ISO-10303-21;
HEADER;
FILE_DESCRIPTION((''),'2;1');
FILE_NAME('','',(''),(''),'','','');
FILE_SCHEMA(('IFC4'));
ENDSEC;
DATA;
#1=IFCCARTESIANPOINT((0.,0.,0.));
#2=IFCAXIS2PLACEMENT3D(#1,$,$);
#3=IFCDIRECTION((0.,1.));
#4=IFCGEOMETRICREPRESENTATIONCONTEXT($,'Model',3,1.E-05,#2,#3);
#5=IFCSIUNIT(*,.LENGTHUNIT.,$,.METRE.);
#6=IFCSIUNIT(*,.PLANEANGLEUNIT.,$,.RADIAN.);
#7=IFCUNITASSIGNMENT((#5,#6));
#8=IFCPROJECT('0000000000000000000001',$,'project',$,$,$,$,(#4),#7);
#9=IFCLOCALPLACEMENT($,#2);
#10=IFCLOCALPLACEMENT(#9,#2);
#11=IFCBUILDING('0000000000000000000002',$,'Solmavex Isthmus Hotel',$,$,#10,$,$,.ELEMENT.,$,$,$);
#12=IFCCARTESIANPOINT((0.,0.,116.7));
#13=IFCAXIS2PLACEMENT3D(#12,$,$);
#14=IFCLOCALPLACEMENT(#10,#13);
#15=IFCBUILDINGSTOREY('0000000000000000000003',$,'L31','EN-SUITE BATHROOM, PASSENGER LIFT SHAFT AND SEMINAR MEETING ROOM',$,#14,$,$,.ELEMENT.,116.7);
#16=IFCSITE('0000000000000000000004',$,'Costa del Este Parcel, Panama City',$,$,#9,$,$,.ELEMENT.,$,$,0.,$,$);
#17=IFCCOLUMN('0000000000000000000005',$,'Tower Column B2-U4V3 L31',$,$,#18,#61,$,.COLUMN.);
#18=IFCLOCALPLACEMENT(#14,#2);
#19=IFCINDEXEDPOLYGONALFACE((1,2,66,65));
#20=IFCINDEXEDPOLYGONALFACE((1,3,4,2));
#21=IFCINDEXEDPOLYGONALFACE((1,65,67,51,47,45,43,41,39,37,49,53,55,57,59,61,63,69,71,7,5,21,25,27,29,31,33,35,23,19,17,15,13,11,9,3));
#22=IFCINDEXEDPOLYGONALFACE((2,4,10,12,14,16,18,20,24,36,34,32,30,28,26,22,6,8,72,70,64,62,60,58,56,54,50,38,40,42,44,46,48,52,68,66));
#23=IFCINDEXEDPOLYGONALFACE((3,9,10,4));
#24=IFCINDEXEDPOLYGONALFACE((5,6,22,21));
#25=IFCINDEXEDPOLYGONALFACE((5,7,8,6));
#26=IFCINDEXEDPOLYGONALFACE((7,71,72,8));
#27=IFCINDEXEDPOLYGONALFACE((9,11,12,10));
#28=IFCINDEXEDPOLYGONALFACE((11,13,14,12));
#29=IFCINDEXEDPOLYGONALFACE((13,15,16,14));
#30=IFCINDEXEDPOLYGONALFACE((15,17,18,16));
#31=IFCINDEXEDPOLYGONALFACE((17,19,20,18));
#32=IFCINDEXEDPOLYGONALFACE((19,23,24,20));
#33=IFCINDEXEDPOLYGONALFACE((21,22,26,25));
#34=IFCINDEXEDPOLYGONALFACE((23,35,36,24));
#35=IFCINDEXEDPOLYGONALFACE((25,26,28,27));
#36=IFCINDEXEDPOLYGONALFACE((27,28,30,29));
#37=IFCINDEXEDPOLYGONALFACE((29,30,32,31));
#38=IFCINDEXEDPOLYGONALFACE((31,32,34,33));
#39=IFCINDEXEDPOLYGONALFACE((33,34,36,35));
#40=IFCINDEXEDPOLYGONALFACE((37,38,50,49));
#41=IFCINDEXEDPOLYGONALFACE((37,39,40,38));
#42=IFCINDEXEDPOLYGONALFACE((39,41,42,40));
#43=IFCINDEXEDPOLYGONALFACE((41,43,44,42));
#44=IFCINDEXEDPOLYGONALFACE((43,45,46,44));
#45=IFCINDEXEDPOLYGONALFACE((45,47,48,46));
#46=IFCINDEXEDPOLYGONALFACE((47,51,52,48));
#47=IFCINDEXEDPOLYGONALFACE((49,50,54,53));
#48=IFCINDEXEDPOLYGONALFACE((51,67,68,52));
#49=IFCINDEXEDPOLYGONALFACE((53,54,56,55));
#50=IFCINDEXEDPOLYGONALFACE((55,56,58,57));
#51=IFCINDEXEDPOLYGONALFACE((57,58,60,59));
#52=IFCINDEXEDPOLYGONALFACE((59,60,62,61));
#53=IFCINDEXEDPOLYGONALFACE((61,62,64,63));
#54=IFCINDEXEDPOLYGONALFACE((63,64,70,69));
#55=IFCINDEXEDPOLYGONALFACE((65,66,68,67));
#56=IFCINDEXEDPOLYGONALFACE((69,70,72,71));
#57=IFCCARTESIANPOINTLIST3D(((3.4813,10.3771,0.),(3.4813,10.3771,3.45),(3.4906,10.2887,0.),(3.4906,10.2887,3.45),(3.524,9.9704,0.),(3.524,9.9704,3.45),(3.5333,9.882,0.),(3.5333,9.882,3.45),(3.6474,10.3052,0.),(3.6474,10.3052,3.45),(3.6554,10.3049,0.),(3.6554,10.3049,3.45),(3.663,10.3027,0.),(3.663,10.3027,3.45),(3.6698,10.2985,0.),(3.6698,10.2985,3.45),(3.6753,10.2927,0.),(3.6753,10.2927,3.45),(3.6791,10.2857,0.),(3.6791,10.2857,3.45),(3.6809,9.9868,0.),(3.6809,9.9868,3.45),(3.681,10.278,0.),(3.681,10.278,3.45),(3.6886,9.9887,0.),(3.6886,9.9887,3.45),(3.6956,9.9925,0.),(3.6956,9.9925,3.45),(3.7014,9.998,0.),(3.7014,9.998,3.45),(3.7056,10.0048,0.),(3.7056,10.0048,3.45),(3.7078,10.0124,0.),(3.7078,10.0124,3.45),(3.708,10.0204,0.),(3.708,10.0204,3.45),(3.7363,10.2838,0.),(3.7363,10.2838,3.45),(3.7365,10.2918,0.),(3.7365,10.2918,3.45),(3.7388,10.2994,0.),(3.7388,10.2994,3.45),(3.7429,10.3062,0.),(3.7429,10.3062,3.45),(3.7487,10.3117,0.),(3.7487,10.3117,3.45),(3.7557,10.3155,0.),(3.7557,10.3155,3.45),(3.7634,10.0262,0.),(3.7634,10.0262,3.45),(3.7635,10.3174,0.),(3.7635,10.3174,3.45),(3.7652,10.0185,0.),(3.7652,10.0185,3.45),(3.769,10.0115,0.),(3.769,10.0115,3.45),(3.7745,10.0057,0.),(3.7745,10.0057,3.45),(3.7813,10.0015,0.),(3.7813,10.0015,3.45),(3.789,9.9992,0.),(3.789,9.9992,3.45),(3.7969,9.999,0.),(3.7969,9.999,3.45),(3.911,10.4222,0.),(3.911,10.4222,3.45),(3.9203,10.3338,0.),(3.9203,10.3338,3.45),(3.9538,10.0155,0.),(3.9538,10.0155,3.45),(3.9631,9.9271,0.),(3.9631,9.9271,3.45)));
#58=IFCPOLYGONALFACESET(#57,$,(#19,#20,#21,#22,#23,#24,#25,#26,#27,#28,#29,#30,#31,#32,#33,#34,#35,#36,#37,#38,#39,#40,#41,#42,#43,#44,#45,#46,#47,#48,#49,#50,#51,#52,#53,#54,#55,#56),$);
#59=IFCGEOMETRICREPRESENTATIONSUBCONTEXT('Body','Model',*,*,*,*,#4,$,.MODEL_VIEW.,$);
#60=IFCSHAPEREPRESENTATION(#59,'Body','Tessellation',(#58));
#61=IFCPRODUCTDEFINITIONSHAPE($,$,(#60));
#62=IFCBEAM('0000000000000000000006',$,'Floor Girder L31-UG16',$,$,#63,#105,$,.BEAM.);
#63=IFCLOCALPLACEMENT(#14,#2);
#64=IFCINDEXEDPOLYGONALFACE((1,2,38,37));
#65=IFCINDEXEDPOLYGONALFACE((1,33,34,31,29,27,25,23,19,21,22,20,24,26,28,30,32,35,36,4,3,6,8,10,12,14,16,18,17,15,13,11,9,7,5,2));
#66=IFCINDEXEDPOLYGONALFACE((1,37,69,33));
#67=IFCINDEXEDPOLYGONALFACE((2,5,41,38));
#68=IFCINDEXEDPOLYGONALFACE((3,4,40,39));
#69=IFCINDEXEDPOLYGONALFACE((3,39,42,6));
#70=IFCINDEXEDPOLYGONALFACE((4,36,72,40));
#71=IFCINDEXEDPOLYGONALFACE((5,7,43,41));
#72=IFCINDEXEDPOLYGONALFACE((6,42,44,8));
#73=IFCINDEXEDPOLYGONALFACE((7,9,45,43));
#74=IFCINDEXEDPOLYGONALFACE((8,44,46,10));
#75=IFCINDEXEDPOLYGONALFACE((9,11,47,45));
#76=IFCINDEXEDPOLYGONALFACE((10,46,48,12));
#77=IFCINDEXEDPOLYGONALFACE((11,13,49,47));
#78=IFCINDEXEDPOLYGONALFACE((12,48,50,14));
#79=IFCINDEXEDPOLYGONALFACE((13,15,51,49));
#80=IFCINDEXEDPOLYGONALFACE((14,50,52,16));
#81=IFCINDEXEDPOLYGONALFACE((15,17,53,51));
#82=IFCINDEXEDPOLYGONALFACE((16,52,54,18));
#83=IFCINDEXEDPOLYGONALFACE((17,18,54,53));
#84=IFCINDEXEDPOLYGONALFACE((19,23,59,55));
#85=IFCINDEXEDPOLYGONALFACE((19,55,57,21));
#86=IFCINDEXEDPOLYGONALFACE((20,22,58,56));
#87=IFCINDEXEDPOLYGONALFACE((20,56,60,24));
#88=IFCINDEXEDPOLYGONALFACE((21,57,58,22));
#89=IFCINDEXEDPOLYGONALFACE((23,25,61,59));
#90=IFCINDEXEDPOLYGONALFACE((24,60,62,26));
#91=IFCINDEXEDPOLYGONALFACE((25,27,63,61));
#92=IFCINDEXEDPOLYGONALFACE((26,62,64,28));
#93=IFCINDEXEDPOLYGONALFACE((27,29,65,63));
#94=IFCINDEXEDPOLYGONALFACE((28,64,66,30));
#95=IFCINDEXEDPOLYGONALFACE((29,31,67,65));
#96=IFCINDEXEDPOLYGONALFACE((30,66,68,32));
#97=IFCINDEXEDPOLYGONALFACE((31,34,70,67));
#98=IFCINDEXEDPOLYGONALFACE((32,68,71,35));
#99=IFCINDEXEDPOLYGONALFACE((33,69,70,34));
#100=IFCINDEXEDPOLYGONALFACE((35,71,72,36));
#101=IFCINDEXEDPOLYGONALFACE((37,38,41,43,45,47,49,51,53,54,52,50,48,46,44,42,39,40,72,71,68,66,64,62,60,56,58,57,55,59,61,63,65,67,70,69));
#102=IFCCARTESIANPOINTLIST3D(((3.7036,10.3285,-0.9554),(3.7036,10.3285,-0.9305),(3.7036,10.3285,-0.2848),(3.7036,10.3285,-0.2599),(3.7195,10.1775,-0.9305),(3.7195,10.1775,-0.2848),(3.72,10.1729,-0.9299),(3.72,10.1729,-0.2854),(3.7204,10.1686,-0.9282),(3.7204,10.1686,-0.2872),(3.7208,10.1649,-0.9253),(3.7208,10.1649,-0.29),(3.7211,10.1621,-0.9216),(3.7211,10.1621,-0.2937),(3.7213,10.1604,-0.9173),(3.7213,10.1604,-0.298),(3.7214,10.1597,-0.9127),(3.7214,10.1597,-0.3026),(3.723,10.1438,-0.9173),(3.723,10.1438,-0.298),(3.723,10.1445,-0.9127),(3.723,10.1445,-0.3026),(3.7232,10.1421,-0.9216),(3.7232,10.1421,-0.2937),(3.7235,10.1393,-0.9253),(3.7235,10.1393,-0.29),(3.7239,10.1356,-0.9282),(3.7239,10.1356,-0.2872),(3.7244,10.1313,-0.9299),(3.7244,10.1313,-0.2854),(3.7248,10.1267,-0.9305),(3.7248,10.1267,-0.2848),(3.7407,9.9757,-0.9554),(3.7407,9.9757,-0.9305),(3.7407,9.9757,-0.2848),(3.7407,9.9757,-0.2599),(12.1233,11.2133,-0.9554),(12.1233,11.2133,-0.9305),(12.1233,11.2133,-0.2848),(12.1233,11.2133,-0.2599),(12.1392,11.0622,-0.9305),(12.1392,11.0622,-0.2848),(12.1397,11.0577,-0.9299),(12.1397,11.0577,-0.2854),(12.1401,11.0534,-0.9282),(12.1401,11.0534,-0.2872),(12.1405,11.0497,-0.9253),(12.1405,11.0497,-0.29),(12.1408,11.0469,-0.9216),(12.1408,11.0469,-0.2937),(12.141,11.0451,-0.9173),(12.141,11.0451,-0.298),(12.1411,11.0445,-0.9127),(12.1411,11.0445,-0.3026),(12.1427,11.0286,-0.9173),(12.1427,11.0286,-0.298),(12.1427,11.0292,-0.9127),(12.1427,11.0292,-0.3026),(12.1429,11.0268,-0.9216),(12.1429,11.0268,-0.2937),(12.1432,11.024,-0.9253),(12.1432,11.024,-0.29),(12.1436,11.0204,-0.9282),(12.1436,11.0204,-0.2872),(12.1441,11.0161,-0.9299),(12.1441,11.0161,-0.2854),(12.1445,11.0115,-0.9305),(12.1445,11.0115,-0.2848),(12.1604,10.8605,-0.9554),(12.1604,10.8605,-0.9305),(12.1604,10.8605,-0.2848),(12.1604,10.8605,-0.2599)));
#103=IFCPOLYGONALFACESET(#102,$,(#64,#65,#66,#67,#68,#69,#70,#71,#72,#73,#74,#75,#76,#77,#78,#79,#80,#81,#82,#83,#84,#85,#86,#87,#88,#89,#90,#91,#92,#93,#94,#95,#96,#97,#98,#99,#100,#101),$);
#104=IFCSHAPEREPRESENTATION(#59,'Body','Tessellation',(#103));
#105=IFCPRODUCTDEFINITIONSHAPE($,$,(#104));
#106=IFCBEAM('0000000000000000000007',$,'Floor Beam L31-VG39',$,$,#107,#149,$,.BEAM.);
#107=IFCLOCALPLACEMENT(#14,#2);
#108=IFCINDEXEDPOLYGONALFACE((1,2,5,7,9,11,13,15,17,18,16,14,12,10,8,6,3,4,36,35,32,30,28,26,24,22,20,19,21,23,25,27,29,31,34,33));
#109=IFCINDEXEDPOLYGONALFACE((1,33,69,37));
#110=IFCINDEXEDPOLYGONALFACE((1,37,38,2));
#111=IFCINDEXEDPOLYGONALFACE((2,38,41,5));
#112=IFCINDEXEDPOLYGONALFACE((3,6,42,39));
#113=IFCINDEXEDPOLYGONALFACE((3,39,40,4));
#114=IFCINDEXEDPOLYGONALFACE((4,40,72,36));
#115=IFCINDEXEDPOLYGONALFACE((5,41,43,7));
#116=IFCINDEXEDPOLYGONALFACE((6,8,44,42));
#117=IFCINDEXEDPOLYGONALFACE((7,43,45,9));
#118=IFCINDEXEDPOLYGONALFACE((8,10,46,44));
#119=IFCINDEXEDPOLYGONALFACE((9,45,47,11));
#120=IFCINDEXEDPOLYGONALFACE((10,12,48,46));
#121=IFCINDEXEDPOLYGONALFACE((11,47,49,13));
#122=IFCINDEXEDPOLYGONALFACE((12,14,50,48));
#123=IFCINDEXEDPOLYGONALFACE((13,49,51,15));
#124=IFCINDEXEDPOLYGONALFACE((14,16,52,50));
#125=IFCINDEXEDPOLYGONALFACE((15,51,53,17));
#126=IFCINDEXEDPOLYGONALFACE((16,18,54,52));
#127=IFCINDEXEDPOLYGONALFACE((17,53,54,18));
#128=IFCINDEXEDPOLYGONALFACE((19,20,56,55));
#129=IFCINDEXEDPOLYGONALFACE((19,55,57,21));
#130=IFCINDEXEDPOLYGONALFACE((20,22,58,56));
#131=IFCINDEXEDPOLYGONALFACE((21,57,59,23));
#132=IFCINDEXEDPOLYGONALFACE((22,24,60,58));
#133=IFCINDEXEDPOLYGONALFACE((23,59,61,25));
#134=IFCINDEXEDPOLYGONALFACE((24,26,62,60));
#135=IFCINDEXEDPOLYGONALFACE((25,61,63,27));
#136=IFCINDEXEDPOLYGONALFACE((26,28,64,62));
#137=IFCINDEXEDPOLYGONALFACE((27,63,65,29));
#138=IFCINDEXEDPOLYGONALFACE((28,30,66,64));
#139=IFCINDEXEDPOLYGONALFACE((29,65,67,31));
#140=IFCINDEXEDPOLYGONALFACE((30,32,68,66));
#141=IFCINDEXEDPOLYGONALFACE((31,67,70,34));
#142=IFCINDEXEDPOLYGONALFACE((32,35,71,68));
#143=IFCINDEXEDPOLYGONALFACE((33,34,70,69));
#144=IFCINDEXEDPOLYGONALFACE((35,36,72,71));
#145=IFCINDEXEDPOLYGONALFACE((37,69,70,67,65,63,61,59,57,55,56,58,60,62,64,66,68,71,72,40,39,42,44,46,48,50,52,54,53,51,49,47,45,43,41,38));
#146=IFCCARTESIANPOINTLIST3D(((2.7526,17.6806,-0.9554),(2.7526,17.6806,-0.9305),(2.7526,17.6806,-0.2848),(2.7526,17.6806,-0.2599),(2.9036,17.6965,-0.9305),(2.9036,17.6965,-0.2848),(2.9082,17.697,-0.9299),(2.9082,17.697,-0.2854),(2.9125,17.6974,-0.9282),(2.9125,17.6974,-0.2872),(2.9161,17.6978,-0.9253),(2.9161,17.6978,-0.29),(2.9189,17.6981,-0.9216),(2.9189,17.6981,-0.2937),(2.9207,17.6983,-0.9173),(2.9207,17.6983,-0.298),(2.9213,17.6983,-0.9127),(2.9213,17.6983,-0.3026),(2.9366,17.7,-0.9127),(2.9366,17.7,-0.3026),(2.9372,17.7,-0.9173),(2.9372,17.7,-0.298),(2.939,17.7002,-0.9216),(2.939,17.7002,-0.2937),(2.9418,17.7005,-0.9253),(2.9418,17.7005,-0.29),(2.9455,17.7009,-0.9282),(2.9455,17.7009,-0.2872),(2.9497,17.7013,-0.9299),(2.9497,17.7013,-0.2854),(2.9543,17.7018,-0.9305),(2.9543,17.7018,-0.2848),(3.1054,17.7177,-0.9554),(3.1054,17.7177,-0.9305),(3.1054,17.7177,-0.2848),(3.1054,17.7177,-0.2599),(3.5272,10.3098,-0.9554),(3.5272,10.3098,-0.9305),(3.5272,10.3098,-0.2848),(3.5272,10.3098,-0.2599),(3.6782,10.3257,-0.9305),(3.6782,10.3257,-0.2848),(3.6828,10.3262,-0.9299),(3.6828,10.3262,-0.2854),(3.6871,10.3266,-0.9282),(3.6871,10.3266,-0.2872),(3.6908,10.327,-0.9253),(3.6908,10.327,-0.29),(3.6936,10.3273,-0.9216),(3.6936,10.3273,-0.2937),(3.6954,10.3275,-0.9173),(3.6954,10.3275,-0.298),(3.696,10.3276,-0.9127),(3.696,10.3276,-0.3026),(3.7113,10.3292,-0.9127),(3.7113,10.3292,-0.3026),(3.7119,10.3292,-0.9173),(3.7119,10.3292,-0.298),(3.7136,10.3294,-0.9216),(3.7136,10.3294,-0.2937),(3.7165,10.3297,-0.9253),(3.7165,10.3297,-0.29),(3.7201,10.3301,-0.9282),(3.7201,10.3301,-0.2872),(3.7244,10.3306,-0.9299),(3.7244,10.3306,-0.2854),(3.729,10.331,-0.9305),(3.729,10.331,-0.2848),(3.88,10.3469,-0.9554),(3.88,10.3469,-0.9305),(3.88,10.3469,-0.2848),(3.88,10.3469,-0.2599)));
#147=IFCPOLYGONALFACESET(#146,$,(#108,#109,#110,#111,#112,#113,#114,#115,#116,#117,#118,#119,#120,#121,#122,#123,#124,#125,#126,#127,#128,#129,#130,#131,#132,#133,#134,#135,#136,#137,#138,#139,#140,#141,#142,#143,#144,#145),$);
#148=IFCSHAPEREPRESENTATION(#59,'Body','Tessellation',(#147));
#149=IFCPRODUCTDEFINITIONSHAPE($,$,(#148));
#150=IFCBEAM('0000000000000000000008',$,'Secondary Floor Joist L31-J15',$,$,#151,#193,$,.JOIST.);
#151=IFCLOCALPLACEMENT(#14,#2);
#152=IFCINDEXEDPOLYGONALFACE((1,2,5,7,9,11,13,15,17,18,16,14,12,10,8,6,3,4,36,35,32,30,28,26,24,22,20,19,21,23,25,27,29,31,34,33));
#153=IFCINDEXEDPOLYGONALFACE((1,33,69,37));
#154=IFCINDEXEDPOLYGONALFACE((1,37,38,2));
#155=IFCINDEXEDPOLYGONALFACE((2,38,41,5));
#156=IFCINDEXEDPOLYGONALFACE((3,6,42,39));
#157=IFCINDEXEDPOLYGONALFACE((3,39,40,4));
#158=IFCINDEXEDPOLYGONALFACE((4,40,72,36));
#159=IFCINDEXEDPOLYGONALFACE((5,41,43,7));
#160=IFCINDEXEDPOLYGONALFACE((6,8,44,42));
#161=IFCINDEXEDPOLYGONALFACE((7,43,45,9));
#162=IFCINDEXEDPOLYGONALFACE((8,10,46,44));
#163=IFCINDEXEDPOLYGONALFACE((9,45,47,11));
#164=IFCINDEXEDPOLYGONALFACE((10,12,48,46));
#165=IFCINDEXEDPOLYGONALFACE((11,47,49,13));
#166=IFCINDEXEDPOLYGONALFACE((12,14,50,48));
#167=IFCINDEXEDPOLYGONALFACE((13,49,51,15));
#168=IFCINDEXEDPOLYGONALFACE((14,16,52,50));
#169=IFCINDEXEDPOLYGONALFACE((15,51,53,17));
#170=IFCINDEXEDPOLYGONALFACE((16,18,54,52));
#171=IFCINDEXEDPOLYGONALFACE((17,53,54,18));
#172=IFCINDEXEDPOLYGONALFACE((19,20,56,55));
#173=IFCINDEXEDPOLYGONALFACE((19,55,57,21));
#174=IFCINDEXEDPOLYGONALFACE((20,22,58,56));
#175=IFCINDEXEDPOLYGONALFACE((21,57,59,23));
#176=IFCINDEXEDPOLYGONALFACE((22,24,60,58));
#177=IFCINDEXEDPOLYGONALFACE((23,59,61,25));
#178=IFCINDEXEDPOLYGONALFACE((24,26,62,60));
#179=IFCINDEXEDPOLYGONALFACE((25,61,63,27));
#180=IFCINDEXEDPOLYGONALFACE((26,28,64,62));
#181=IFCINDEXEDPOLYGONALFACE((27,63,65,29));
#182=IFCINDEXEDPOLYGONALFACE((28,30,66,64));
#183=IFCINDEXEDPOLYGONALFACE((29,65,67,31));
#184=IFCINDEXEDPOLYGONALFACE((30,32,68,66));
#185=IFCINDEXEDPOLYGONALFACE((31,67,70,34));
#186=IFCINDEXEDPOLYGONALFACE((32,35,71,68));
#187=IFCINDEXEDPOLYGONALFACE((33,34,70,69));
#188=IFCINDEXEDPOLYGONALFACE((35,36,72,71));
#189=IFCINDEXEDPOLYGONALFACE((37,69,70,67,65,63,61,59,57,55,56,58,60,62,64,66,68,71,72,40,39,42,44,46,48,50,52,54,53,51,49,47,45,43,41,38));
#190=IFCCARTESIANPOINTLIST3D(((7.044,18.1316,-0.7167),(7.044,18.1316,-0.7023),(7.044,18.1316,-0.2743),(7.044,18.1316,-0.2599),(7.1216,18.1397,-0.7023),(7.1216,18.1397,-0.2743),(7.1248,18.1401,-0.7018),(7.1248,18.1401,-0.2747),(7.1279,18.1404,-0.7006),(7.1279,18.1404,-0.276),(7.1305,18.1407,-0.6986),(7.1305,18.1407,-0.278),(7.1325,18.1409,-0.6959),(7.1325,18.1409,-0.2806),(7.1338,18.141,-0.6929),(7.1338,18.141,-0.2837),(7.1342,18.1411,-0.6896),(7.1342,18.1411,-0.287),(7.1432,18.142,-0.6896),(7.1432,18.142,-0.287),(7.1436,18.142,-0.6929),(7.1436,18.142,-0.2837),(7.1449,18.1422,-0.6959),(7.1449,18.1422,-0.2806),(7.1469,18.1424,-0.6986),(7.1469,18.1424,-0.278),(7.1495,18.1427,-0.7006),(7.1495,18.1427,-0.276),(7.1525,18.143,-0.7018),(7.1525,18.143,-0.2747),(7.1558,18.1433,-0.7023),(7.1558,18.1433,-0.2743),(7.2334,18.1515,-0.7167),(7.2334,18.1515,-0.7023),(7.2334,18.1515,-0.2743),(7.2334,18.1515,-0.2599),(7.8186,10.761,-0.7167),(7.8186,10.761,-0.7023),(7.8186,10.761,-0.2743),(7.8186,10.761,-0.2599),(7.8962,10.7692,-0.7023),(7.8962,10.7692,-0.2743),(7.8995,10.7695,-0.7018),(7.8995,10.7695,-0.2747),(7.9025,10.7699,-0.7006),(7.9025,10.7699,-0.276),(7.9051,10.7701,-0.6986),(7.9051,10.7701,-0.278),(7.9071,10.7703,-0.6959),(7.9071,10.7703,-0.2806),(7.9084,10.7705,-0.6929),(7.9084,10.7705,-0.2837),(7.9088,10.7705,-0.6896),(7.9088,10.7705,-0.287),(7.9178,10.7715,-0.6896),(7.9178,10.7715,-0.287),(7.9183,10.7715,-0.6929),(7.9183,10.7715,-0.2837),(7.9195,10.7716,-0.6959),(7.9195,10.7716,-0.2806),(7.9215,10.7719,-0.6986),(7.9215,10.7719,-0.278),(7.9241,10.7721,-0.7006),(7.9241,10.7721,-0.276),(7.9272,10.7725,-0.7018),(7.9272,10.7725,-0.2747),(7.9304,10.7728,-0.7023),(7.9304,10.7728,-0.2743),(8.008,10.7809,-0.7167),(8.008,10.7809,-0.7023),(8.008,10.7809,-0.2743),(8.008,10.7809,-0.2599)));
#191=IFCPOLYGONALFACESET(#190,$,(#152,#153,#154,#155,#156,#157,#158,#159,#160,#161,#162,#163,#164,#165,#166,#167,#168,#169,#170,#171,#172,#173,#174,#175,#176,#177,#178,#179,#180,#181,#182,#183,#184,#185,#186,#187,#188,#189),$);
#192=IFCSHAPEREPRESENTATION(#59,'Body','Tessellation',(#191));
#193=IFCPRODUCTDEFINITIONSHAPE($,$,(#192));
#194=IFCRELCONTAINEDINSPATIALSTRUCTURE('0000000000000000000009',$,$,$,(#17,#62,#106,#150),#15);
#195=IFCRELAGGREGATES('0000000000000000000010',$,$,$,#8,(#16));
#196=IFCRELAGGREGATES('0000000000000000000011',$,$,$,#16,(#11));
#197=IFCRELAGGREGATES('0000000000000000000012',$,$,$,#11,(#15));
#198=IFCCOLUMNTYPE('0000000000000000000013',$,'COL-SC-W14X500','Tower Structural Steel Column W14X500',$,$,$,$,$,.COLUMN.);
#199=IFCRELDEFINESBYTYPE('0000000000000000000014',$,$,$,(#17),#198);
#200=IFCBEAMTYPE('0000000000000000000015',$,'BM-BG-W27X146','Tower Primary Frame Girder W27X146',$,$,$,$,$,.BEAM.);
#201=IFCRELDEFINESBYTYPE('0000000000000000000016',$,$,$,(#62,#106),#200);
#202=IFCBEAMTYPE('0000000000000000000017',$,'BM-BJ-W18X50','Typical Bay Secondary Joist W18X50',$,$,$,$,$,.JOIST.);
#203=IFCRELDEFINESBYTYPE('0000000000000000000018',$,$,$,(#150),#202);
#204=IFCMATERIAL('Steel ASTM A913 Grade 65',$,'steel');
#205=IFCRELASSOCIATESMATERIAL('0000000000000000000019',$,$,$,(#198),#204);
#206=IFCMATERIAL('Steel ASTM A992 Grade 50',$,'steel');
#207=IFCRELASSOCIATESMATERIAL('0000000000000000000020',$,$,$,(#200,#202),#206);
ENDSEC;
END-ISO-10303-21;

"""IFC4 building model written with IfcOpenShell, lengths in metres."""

from ifc_helpers import new_model, si_unit, direction, frame, origin, origin_2d, place, context, subcontext, project, spatial, i_section, extrude, material, material_profile, profile_set, type_object, element, save


model = new_model("IFC4")

# Units and contexts
model_context = context("Model", 3, precision=1e-05, world=origin(), true_north=direction((0.0, 1.0)))
body_context = subcontext(model_context, "Body", "Model", "MODEL_VIEW")
ifc_project = project(units=[si_unit("LENGTHUNIT", "METRE"), si_unit("PLANEANGLEUNIT", "RADIAN")], contexts=[model_context])

# Site, building, storey
site_placement = place(None, origin())
site = spatial("IfcSite", under=ifc_project, at=site_placement, Name="Costa del Este Parcel, Panama City", CompositionType="ELEMENT", RefElevation=0.0)
building_placement = place(site_placement, origin())
building = spatial("IfcBuilding", under=site, at=building_placement, Name="Solmavex Isthmus Hotel", CompositionType="ELEMENT")
storey_placement = place(building_placement, frame((0.0, 0.0, 116.7)))
storey = spatial("IfcBuildingStorey", under=building, at=storey_placement, Name="L31", Description="EN-SUITE BATHROOM, PASSENGER LIFT SHAFT AND SEMINAR MEETING ROOM", CompositionType="ELEMENT", Elevation=116.7)

# Column
ifc_material_1 = material(Name="Steel ASTM A913 Grade 65", Category="steel")
ifc_material_profile_1 = material_profile(ifc_material_1, i_section(OverallWidth=0.4321, OverallDepth=0.4978, WebThickness=0.0557, FlangeThickness=0.0889, FilletRadius=0.0305, at=origin_2d()), Name="W14X500")
ifc_profile_set_1 = profile_set([ifc_material_profile_1], Name="Steel ASTM A913 Grade 65")
column_type = type_object("IfcColumnType", Name="COL-SC-W14X500", Description="Tower Structural Steel Column W14X500", PredefinedType="COLUMN", material=ifc_profile_set_1)
column_placement = place(storey_placement, frame((3.7222, 10.1521, 0.0), z_axis=(0.0, 0.0, 1.0), x_axis=(0.994522, 0.104528, 0.0)))
element("IfcColumn", 1, at=column_placement, inside=storey, type_object=column_type, Name="Tower Column B2-U4V3 L31", PredefinedType="COLUMN", context=body_context, shape_type="SweptSolid", body=[
    extrude(i_section(OverallWidth=0.4321, OverallDepth=0.4978, WebThickness=0.0557, FlangeThickness=0.0889, FilletRadius=0.0305, at=origin_2d()), origin(), (0.0, 0.0, 1.0), 3.45),
])

# Beams
ifc_material_2 = material(Name="Steel ASTM A992 Grade 50", Category="steel")
ifc_material_profile_2 = material_profile(ifc_material_2, i_section(OverallWidth=0.3547, OverallDepth=0.6956, WebThickness=0.0154, FlangeThickness=0.0249, FilletRadius=0.0178, at=origin_2d()), Name="W27X146")
ifc_profile_set_2 = profile_set([ifc_material_profile_2], Name="Steel ASTM A992 Grade 50")
beam_type_1 = type_object("IfcBeamType", Name="BM-BG-W27X146", Description="Tower Primary Frame Girder W27X146", PredefinedType="BEAM", material=ifc_profile_set_2)
beam_1_placement = place(storey_placement, frame((3.7222, 10.1521, -0.6077), z_axis=(0.994524, 0.104508, 0.0), x_axis=(-0.104508, 0.994524, 0.0)))
element("IfcBeam", 2, at=beam_1_placement, inside=storey, type_object=beam_type_1, Name="Floor Girder L31-UG16", PredefinedType="BEAM", context=body_context, shape_type="SweptSolid", body=[
    extrude(i_section(OverallWidth=0.3547, OverallDepth=0.6956, WebThickness=0.0154, FlangeThickness=0.0249, FilletRadius=0.0178, at=origin_2d()), origin(), (0.0, 0.0, 1.0), 8.4661),
])
beam_2_placement = place(storey_placement, frame((3.7036, 10.3284, -0.6077), z_axis=(-0.104522, 0.994523, 0.0), x_axis=(-0.994523, -0.104522, 0.0)))
element("IfcBeam", 3, at=beam_2_placement, inside=storey, type_object=beam_type_1, Name="Floor Beam L31-VG39", PredefinedType="BEAM", context=body_context, shape_type="SweptSolid", body=[
    extrude(i_section(OverallWidth=0.3547, OverallDepth=0.6956, WebThickness=0.0154, FlangeThickness=0.0249, FilletRadius=0.0178, at=origin_2d()), origin(), (0.0, 0.0, 1.0), 7.4114),
])
ifc_material_profile_3 = material_profile(ifc_material_2, i_section(OverallWidth=0.1904, OverallDepth=0.4568, WebThickness=0.009, FlangeThickness=0.0144, FilletRadius=0.0127, at=origin_2d()), Name="W18X50")
ifc_profile_set_3 = profile_set([ifc_material_profile_3], Name="Steel ASTM A992 Grade 50")
beam_type_2 = type_object("IfcBeamType", Name="BM-BJ-W18X50", Description="Typical Bay Secondary Joist W18X50", PredefinedType="JOIST", material=ifc_profile_set_3)
beam_3_placement = place(storey_placement, frame((7.9133, 10.771, -0.4883), z_axis=(-0.104525, 0.994522, 0.0), x_axis=(-0.994522, -0.104525, 0.0)))
element("IfcBeam", 4, at=beam_3_placement, inside=storey, type_object=beam_type_2, Name="Secondary Floor Joist L31-J15", PredefinedType="JOIST", context=body_context, shape_type="SweptSolid", body=[
    extrude(i_section(OverallWidth=0.1904, OverallDepth=0.4568, WebThickness=0.009, FlangeThickness=0.0144, FilletRadius=0.0127, at=origin_2d()), origin(), (0.0, 0.0, 1.0), 7.4111),
])

save(model, "model.ifc")
